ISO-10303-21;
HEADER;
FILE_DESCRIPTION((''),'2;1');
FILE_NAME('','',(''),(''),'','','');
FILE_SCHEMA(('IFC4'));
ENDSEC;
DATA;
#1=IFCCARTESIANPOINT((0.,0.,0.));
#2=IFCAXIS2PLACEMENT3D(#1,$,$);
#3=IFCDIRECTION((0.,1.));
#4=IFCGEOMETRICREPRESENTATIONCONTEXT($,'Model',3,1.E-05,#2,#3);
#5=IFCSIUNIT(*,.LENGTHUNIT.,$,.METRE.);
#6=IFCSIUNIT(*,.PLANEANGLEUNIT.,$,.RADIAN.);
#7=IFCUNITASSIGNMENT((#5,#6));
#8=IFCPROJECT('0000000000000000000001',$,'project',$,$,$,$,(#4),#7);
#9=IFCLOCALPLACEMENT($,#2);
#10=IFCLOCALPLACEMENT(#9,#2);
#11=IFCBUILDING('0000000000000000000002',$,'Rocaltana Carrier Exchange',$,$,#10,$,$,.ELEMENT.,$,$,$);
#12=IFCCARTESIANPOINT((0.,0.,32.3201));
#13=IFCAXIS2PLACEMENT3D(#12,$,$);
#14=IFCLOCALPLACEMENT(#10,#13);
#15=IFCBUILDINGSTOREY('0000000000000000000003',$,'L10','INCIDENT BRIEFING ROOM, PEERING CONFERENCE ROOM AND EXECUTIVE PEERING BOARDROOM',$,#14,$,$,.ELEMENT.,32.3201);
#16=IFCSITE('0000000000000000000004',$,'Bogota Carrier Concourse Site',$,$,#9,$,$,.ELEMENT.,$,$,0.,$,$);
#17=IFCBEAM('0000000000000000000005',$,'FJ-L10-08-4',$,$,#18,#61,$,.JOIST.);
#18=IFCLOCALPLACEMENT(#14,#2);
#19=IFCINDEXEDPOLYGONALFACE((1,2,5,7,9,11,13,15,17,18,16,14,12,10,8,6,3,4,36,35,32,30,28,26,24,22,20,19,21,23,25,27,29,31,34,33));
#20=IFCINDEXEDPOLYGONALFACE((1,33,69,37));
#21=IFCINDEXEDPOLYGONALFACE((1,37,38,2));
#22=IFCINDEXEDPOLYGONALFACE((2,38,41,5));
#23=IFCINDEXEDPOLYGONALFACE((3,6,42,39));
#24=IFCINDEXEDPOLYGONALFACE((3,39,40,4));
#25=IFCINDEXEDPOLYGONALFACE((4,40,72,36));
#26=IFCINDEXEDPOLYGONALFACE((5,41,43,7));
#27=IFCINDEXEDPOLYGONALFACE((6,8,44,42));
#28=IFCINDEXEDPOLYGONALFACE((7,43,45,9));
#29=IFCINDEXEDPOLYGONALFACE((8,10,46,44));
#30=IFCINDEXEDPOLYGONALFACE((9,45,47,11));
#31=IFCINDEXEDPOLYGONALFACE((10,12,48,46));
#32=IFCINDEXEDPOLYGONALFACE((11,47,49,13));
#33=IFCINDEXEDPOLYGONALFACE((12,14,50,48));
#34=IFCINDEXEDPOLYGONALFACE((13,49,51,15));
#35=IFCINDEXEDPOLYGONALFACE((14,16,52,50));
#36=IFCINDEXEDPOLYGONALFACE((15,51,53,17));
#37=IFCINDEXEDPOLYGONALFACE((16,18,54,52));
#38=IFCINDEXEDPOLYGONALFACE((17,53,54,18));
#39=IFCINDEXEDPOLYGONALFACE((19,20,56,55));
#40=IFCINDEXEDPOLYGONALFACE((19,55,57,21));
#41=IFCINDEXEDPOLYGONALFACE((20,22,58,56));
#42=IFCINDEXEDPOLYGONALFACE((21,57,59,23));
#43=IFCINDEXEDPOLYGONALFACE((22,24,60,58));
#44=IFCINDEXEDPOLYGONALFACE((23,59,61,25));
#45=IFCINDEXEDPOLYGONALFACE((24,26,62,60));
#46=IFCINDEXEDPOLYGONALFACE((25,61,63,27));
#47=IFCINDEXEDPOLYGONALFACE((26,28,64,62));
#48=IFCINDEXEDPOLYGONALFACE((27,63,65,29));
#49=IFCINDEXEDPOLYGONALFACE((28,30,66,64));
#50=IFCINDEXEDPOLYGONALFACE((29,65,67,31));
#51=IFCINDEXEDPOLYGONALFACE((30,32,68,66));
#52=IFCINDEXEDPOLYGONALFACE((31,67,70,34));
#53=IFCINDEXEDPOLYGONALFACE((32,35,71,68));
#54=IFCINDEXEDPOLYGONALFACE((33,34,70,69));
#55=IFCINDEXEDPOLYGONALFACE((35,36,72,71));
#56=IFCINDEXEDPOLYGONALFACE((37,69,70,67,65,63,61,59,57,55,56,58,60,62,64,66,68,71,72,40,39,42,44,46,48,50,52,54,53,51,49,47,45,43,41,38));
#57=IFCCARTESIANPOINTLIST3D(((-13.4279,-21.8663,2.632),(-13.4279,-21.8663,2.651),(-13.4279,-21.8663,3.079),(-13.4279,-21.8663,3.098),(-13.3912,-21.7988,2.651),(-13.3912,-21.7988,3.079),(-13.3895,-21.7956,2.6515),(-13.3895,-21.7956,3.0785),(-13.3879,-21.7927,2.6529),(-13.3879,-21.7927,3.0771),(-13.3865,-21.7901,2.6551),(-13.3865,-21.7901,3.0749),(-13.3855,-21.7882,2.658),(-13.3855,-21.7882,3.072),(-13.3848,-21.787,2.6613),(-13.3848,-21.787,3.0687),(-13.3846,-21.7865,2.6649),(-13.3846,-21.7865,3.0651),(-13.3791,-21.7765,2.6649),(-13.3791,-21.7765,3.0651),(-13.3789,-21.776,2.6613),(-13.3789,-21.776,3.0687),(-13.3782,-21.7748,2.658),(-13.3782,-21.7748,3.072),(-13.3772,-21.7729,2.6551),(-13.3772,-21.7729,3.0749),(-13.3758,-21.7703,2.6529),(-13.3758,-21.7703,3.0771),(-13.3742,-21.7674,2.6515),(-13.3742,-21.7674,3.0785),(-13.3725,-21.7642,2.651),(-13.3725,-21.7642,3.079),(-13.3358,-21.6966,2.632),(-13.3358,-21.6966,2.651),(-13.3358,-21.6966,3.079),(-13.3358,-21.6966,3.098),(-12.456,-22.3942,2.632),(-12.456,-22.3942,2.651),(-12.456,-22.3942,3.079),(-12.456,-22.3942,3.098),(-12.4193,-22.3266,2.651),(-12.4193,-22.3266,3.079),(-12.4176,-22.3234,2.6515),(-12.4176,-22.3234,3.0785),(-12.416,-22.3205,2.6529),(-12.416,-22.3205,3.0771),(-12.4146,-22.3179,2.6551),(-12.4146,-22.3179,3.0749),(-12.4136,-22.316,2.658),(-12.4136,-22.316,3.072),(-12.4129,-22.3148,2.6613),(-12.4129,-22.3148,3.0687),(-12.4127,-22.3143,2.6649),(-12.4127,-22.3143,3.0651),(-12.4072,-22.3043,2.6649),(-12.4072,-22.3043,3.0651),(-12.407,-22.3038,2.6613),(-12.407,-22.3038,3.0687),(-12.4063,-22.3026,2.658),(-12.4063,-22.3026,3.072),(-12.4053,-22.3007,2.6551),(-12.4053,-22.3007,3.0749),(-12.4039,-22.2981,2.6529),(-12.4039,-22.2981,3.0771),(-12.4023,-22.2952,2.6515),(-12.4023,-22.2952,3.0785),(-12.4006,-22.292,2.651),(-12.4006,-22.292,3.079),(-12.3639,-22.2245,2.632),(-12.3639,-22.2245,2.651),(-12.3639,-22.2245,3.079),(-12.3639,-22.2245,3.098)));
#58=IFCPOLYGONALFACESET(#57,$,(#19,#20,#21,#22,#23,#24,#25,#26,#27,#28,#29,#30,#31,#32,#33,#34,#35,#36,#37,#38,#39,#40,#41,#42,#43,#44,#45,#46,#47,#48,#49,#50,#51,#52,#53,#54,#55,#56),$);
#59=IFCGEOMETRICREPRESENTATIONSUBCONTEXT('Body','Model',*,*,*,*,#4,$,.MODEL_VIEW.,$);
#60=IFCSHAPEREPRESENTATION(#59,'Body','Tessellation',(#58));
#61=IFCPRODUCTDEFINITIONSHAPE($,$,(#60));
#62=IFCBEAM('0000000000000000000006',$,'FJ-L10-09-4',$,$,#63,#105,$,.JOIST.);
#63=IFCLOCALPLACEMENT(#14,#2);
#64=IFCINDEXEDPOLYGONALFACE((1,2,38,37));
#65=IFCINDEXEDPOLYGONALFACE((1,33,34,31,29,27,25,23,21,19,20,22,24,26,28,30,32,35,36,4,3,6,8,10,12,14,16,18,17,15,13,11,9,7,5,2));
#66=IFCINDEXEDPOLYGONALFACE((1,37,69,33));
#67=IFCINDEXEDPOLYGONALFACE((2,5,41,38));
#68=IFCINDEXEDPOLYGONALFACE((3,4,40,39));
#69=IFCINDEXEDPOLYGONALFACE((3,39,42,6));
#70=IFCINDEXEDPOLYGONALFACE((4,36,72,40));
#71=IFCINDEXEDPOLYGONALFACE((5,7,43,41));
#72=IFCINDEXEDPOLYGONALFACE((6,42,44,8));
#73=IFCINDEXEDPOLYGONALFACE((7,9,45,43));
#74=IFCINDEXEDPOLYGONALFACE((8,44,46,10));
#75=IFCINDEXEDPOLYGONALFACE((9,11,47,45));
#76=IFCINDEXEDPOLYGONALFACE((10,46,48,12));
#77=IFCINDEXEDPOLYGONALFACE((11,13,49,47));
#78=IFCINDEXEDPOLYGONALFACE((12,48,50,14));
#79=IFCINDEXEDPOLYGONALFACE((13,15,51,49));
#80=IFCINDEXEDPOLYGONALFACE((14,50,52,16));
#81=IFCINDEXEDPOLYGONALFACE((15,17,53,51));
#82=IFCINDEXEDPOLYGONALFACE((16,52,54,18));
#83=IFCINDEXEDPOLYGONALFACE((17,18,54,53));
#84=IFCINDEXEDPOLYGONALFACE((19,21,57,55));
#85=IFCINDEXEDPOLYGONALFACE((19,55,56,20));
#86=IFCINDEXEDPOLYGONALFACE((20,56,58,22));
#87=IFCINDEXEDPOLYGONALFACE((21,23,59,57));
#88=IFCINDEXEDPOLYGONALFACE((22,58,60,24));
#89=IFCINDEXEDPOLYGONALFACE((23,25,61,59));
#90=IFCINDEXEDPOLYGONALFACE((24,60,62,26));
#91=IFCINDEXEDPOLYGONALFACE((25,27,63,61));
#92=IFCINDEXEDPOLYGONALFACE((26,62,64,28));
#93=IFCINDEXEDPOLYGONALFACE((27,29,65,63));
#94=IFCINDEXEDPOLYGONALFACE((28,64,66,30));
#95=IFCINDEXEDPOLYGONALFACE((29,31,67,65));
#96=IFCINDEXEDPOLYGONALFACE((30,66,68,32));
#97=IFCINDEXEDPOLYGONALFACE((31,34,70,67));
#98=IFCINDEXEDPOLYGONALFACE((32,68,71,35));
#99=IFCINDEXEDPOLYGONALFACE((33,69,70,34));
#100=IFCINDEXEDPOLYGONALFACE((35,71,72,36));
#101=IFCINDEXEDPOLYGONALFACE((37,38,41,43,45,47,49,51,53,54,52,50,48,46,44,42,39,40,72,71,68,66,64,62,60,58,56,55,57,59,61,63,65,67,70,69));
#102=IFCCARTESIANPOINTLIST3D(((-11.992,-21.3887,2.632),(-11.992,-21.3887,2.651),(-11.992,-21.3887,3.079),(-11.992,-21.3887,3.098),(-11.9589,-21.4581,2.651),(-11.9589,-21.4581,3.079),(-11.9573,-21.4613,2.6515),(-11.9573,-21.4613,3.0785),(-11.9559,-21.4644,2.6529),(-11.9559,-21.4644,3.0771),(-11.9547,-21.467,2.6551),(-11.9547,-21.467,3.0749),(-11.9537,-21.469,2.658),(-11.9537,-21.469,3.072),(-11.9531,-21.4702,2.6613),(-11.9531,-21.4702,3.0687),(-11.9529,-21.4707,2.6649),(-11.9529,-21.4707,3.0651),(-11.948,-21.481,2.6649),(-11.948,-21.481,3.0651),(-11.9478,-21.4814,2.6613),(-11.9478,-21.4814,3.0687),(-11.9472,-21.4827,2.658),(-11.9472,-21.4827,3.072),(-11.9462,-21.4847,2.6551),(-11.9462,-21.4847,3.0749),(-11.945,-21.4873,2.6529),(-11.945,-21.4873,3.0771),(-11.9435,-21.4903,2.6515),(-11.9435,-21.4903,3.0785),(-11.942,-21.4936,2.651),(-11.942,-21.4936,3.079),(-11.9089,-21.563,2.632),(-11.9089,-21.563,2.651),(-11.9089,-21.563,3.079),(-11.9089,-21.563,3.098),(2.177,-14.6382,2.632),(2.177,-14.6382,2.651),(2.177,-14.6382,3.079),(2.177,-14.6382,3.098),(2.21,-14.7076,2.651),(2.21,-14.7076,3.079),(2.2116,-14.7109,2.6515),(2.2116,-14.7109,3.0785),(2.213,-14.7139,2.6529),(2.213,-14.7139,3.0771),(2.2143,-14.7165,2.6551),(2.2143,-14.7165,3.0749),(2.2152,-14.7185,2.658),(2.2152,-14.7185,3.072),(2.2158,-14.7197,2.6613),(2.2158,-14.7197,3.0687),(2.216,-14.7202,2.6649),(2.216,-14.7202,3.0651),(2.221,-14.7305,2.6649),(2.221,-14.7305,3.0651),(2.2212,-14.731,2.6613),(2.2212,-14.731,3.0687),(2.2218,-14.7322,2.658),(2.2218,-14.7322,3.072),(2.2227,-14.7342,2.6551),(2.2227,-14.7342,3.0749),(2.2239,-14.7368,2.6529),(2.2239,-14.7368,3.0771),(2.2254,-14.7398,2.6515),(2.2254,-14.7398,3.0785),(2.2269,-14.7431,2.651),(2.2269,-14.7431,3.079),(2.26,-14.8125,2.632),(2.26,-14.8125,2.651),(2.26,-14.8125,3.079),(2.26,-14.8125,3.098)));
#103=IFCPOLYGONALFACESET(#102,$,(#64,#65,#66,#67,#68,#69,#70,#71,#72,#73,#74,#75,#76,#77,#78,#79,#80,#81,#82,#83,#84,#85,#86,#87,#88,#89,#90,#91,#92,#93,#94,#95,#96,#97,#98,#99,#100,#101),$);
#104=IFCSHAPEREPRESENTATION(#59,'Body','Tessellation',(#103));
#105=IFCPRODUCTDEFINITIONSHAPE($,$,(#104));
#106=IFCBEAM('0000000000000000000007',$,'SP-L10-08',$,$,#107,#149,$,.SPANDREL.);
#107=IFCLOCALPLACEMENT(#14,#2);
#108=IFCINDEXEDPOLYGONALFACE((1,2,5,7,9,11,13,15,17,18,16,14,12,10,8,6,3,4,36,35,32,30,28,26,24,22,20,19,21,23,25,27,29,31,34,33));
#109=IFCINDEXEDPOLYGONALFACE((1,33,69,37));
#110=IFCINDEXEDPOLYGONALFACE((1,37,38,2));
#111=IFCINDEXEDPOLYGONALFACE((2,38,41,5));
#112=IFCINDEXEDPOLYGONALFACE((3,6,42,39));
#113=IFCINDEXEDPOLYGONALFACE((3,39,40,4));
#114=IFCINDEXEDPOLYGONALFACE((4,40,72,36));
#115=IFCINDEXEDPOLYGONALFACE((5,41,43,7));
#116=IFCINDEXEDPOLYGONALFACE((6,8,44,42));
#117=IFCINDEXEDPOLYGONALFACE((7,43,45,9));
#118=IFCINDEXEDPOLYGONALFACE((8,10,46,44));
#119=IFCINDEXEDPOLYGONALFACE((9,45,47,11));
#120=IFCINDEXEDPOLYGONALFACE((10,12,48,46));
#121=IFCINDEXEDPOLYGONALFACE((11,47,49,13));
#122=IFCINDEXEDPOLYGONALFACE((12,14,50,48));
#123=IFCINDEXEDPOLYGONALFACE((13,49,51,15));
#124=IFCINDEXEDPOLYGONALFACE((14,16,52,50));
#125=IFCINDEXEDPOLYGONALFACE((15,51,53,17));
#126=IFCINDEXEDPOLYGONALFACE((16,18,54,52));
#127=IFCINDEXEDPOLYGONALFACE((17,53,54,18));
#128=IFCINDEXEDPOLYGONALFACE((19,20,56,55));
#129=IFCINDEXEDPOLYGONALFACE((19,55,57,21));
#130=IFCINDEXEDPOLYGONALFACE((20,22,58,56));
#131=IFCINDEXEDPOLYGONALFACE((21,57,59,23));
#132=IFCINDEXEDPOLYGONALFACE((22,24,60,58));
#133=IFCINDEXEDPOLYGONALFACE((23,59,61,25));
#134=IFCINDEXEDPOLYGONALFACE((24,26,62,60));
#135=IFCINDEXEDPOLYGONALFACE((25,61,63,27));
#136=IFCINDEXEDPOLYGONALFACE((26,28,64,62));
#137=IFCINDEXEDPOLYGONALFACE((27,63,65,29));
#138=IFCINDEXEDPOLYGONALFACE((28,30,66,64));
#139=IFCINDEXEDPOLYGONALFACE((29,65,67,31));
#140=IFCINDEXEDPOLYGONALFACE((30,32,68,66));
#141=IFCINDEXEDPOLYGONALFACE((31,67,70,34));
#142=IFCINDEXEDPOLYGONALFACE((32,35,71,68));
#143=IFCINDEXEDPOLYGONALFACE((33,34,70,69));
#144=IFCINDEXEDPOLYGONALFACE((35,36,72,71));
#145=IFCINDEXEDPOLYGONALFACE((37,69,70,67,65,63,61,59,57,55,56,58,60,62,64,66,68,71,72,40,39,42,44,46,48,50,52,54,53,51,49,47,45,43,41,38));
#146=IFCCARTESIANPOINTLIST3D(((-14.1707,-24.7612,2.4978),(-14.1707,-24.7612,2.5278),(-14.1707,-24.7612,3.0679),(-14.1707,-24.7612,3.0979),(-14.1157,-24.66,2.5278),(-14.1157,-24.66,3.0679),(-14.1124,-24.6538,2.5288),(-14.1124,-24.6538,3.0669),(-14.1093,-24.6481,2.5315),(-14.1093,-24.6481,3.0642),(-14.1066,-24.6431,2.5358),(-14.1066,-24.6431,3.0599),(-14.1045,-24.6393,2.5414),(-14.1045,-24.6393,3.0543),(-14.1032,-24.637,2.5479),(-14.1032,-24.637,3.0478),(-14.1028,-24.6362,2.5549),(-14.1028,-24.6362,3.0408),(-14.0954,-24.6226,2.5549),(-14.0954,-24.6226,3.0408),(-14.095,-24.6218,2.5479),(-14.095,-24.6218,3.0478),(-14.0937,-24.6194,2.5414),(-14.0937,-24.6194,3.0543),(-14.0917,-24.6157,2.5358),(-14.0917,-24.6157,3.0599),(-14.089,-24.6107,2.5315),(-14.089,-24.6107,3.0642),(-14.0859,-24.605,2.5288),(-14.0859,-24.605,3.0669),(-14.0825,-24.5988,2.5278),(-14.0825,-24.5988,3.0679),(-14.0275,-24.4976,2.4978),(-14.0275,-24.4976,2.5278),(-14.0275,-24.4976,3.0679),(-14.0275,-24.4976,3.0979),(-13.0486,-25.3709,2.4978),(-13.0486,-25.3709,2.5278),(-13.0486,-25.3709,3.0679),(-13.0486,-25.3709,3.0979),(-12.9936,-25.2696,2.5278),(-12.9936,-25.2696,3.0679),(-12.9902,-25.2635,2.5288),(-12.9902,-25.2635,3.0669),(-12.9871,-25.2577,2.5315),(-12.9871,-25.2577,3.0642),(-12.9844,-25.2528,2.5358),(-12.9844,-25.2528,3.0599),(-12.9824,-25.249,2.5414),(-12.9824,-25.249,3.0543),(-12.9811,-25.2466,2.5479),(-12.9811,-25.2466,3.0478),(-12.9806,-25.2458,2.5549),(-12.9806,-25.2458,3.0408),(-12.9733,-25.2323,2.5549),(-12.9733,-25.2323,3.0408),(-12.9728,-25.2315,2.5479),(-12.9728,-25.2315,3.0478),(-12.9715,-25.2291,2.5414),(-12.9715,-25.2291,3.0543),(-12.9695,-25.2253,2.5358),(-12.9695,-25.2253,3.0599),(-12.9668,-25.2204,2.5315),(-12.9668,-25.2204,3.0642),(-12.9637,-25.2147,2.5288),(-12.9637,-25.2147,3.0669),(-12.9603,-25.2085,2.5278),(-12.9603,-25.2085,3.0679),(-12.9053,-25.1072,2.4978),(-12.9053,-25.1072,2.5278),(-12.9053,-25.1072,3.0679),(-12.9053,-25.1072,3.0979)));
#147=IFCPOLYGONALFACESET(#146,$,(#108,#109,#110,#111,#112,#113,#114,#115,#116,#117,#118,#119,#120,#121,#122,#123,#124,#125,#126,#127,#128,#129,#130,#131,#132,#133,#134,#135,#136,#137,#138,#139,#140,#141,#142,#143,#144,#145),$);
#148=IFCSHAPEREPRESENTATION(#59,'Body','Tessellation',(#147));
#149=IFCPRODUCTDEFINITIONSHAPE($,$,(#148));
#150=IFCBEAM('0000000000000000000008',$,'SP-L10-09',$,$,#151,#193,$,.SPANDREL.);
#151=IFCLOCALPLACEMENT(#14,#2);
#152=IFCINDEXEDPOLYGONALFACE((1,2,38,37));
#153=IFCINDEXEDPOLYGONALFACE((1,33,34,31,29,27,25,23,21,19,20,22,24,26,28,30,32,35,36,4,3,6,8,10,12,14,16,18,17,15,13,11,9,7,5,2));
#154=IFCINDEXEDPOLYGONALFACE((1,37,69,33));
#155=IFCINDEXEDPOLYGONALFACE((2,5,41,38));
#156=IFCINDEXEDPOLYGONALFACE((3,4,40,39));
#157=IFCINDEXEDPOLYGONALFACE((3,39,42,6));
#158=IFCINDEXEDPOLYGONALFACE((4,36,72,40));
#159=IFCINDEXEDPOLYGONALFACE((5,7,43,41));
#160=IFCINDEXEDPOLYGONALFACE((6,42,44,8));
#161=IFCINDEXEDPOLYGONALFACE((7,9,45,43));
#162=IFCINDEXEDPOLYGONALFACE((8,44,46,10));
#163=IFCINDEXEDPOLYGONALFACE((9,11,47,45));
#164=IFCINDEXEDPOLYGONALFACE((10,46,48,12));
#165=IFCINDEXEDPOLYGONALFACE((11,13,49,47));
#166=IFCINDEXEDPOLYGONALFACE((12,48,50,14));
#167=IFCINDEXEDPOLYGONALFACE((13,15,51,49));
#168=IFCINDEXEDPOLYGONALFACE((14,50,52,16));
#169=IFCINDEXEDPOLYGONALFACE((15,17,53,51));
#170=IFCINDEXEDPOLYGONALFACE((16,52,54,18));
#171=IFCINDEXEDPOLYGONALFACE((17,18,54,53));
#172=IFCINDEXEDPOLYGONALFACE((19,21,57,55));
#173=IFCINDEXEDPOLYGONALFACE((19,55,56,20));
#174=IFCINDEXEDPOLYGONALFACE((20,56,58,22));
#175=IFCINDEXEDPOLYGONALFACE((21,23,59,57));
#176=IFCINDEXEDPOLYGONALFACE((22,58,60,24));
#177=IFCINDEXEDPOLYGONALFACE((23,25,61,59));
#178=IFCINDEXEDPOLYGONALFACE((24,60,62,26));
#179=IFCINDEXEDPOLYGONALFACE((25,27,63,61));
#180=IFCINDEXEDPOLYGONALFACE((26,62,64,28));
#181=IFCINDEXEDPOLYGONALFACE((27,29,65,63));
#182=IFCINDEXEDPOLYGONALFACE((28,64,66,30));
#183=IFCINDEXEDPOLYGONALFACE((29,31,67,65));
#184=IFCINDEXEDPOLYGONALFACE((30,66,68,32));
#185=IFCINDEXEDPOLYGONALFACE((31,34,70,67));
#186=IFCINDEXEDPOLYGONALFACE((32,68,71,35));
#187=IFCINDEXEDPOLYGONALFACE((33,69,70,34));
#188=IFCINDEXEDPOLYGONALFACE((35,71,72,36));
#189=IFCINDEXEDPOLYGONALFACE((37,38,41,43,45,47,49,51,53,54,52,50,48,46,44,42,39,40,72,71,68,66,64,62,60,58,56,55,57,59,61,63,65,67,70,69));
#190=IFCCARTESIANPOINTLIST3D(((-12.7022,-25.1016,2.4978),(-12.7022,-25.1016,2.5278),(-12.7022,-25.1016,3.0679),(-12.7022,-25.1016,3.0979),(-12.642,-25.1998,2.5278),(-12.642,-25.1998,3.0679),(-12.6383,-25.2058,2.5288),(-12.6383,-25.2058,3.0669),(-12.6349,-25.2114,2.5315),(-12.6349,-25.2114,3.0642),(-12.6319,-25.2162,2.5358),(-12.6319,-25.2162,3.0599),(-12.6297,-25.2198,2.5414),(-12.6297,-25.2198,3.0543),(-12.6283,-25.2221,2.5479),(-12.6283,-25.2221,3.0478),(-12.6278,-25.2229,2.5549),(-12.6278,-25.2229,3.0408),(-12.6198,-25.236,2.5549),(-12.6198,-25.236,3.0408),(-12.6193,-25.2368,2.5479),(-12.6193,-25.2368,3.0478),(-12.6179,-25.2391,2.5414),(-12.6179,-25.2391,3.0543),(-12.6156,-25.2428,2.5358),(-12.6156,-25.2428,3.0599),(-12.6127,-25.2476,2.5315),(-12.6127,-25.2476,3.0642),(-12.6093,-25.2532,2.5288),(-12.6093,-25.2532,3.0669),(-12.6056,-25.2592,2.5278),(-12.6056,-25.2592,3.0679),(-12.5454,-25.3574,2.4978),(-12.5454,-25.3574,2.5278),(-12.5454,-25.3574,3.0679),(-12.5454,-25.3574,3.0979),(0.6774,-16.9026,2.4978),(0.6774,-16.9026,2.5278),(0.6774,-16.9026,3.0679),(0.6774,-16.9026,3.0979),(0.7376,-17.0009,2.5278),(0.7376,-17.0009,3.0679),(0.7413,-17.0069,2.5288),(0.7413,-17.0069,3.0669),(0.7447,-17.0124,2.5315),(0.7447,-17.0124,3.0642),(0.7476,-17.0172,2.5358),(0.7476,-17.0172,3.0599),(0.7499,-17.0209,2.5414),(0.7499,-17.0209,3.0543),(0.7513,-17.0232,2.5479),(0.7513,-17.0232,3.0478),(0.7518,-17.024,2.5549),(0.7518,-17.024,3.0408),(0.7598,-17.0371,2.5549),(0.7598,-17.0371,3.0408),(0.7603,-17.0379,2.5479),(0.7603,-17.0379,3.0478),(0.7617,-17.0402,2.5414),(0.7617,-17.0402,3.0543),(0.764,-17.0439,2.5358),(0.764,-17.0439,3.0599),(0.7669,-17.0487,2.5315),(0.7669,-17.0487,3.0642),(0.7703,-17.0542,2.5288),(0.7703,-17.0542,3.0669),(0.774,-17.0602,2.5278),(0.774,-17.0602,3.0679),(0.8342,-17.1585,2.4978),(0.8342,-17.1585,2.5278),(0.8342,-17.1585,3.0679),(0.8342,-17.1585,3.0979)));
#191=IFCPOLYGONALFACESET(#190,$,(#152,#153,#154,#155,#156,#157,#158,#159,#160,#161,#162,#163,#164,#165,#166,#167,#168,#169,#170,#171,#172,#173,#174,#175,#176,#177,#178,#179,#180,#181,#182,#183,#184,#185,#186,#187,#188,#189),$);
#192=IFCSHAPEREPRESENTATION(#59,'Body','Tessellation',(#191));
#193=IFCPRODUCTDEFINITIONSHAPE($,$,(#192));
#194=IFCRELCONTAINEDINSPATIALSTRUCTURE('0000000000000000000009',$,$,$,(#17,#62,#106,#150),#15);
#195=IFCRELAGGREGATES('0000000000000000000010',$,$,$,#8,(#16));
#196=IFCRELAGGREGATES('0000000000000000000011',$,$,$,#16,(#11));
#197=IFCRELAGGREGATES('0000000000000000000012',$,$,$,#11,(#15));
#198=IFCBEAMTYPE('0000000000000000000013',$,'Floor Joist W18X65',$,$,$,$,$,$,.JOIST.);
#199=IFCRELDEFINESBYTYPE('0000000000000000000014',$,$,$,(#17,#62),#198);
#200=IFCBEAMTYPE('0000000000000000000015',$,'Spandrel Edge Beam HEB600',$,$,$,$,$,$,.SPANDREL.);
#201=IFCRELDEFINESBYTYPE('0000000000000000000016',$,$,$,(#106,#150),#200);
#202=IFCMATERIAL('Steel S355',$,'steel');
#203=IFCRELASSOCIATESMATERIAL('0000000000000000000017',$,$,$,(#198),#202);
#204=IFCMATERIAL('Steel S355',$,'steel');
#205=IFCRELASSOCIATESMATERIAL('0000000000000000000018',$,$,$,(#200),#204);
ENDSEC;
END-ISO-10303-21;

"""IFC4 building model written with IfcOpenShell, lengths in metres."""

from ifc_helpers import new_model, si_unit, direction, frame, origin, origin_2d, place, context, subcontext, project, spatial, i_section, extrude, material, material_profile, profile_set, type_object, element, save


model = new_model("IFC4")

# Units and contexts
model_context = context("Model", 3, precision=1e-05, world=origin(), true_north=direction((0.0, 1.0)))
body_context = subcontext(model_context, "Body", "Model", "MODEL_VIEW")
ifc_project = project(units=[si_unit("LENGTHUNIT", "METRE"), si_unit("PLANEANGLEUNIT", "RADIAN")], contexts=[model_context])

# Site, building, storey
site_placement = place(None, origin())
site = spatial("IfcSite", under=ifc_project, at=site_placement, Name="Bogota Carrier Concourse Site", CompositionType="ELEMENT", RefElevation=0.0)
building_placement = place(site_placement, origin())
building = spatial("IfcBuilding", under=site, at=building_placement, Name="Rocaltana Carrier Exchange", CompositionType="ELEMENT")
storey_placement = place(building_placement, frame((0.0, 0.0, 32.3201)))
storey = spatial("IfcBuildingStorey", under=building, at=storey_placement, Name="L10", Description="INCIDENT BRIEFING ROOM, PEERING CONFERENCE ROOM AND EXECUTIVE PEERING BOARDROOM", CompositionType="ELEMENT", Elevation=32.3201)

# Beams
ifc_material_1 = material(Name="Steel S355", Category="steel")
ifc_material_profile_1 = material_profile(ifc_material_1, i_section(OverallWidth=0.1931, OverallDepth=0.4661, WebThickness=0.0115, FlangeThickness=0.019, FilletRadius=0.0139, at=origin_2d()), Name="W18X65")
ifc_profile_set_1 = profile_set([ifc_material_profile_1], Name="Steel S355")
beam_type_1 = type_object("IfcBeamType", Name="Floor Joist W18X65", PredefinedType="JOIST", material=ifc_profile_set_1)
beam_1_placement = place(storey_placement, frame((-13.3818, -21.7815, 2.865), z_axis=(0.878771, -0.477243, 0.0), x_axis=(0.477243, 0.878771, 0.0)))
element("IfcBeam", 1, at=beam_1_placement, inside=storey, type_object=beam_type_1, Name="FJ-L10-08-4", PredefinedType="JOIST", context=body_context, shape_type="SweptSolid", body=[
    extrude(i_section(OverallWidth=0.1931, OverallDepth=0.4661, WebThickness=0.0115, FlangeThickness=0.019, FilletRadius=0.0139, at=origin_2d()), origin(), (0.0, 0.0, 1.0), 1.106),
])
beam_2_placement = place(storey_placement, frame((-11.9504, -21.4758, 2.865), z_axis=(0.902777, 0.430109, 0.0), x_axis=(-0.430109, 0.902777, 0.0)))
element("IfcBeam", 2, at=beam_2_placement, inside=storey, type_object=beam_type_1, Name="FJ-L10-09-4", PredefinedType="JOIST", context=body_context, shape_type="SweptSolid", body=[
    extrude(i_section(OverallWidth=0.1931, OverallDepth=0.4661, WebThickness=0.0115, FlangeThickness=0.019, FilletRadius=0.0139, at=origin_2d()), origin(), (0.0, 0.0, 1.0), 15.6948),
])
ifc_material_2 = material(Name="Steel S355", Category="steel")
ifc_material_profile_2 = material_profile(ifc_material_2, i_section(OverallWidth=0.3, OverallDepth=0.6001, WebThickness=0.0154, FlangeThickness=0.03, FilletRadius=0.0271, at=origin_2d()), Name="HEB600")
ifc_profile_set_2 = profile_set([ifc_material_profile_2], Name="Steel S355")
beam_type_2 = type_object("IfcBeamType", Name="Spandrel Edge Beam HEB600", PredefinedType="SPANDREL", material=ifc_profile_set_2)
beam_3_placement = place(storey_placement, frame((-14.0991, -24.6294, 2.7979), z_axis=(0.878691, -0.477391, 0.0), x_axis=(0.477391, 0.878691, 0.0)))
element("IfcBeam", 3, at=beam_3_placement, inside=storey, type_object=beam_type_2, Name="SP-L10-08", PredefinedType="SPANDREL", context=body_context, shape_type="SweptSolid", body=[
    extrude(i_section(OverallWidth=0.3, OverallDepth=0.6001, WebThickness=0.0154, FlangeThickness=0.03, FilletRadius=0.0271, at=origin_2d()), origin(), (0.0, 0.0, 1.0), 1.2771),
])
beam_4_placement = place(storey_placement, frame((-12.6238, -25.2295, 2.7979), z_axis=(0.852642, 0.522495, 0.0), x_axis=(-0.522495, 0.852642, 0.0)))
element("IfcBeam", 4, at=beam_4_placement, inside=storey, type_object=beam_type_2, Name="SP-L10-09", PredefinedType="SPANDREL", context=body_context, shape_type="SweptSolid", body=[
    extrude(i_section(OverallWidth=0.3, OverallDepth=0.6001, WebThickness=0.0154, FlangeThickness=0.03, FilletRadius=0.0271, at=origin_2d()), origin(), (0.0, 0.0, 1.0), 15.6919),
])

save(model, "model.ifc")
